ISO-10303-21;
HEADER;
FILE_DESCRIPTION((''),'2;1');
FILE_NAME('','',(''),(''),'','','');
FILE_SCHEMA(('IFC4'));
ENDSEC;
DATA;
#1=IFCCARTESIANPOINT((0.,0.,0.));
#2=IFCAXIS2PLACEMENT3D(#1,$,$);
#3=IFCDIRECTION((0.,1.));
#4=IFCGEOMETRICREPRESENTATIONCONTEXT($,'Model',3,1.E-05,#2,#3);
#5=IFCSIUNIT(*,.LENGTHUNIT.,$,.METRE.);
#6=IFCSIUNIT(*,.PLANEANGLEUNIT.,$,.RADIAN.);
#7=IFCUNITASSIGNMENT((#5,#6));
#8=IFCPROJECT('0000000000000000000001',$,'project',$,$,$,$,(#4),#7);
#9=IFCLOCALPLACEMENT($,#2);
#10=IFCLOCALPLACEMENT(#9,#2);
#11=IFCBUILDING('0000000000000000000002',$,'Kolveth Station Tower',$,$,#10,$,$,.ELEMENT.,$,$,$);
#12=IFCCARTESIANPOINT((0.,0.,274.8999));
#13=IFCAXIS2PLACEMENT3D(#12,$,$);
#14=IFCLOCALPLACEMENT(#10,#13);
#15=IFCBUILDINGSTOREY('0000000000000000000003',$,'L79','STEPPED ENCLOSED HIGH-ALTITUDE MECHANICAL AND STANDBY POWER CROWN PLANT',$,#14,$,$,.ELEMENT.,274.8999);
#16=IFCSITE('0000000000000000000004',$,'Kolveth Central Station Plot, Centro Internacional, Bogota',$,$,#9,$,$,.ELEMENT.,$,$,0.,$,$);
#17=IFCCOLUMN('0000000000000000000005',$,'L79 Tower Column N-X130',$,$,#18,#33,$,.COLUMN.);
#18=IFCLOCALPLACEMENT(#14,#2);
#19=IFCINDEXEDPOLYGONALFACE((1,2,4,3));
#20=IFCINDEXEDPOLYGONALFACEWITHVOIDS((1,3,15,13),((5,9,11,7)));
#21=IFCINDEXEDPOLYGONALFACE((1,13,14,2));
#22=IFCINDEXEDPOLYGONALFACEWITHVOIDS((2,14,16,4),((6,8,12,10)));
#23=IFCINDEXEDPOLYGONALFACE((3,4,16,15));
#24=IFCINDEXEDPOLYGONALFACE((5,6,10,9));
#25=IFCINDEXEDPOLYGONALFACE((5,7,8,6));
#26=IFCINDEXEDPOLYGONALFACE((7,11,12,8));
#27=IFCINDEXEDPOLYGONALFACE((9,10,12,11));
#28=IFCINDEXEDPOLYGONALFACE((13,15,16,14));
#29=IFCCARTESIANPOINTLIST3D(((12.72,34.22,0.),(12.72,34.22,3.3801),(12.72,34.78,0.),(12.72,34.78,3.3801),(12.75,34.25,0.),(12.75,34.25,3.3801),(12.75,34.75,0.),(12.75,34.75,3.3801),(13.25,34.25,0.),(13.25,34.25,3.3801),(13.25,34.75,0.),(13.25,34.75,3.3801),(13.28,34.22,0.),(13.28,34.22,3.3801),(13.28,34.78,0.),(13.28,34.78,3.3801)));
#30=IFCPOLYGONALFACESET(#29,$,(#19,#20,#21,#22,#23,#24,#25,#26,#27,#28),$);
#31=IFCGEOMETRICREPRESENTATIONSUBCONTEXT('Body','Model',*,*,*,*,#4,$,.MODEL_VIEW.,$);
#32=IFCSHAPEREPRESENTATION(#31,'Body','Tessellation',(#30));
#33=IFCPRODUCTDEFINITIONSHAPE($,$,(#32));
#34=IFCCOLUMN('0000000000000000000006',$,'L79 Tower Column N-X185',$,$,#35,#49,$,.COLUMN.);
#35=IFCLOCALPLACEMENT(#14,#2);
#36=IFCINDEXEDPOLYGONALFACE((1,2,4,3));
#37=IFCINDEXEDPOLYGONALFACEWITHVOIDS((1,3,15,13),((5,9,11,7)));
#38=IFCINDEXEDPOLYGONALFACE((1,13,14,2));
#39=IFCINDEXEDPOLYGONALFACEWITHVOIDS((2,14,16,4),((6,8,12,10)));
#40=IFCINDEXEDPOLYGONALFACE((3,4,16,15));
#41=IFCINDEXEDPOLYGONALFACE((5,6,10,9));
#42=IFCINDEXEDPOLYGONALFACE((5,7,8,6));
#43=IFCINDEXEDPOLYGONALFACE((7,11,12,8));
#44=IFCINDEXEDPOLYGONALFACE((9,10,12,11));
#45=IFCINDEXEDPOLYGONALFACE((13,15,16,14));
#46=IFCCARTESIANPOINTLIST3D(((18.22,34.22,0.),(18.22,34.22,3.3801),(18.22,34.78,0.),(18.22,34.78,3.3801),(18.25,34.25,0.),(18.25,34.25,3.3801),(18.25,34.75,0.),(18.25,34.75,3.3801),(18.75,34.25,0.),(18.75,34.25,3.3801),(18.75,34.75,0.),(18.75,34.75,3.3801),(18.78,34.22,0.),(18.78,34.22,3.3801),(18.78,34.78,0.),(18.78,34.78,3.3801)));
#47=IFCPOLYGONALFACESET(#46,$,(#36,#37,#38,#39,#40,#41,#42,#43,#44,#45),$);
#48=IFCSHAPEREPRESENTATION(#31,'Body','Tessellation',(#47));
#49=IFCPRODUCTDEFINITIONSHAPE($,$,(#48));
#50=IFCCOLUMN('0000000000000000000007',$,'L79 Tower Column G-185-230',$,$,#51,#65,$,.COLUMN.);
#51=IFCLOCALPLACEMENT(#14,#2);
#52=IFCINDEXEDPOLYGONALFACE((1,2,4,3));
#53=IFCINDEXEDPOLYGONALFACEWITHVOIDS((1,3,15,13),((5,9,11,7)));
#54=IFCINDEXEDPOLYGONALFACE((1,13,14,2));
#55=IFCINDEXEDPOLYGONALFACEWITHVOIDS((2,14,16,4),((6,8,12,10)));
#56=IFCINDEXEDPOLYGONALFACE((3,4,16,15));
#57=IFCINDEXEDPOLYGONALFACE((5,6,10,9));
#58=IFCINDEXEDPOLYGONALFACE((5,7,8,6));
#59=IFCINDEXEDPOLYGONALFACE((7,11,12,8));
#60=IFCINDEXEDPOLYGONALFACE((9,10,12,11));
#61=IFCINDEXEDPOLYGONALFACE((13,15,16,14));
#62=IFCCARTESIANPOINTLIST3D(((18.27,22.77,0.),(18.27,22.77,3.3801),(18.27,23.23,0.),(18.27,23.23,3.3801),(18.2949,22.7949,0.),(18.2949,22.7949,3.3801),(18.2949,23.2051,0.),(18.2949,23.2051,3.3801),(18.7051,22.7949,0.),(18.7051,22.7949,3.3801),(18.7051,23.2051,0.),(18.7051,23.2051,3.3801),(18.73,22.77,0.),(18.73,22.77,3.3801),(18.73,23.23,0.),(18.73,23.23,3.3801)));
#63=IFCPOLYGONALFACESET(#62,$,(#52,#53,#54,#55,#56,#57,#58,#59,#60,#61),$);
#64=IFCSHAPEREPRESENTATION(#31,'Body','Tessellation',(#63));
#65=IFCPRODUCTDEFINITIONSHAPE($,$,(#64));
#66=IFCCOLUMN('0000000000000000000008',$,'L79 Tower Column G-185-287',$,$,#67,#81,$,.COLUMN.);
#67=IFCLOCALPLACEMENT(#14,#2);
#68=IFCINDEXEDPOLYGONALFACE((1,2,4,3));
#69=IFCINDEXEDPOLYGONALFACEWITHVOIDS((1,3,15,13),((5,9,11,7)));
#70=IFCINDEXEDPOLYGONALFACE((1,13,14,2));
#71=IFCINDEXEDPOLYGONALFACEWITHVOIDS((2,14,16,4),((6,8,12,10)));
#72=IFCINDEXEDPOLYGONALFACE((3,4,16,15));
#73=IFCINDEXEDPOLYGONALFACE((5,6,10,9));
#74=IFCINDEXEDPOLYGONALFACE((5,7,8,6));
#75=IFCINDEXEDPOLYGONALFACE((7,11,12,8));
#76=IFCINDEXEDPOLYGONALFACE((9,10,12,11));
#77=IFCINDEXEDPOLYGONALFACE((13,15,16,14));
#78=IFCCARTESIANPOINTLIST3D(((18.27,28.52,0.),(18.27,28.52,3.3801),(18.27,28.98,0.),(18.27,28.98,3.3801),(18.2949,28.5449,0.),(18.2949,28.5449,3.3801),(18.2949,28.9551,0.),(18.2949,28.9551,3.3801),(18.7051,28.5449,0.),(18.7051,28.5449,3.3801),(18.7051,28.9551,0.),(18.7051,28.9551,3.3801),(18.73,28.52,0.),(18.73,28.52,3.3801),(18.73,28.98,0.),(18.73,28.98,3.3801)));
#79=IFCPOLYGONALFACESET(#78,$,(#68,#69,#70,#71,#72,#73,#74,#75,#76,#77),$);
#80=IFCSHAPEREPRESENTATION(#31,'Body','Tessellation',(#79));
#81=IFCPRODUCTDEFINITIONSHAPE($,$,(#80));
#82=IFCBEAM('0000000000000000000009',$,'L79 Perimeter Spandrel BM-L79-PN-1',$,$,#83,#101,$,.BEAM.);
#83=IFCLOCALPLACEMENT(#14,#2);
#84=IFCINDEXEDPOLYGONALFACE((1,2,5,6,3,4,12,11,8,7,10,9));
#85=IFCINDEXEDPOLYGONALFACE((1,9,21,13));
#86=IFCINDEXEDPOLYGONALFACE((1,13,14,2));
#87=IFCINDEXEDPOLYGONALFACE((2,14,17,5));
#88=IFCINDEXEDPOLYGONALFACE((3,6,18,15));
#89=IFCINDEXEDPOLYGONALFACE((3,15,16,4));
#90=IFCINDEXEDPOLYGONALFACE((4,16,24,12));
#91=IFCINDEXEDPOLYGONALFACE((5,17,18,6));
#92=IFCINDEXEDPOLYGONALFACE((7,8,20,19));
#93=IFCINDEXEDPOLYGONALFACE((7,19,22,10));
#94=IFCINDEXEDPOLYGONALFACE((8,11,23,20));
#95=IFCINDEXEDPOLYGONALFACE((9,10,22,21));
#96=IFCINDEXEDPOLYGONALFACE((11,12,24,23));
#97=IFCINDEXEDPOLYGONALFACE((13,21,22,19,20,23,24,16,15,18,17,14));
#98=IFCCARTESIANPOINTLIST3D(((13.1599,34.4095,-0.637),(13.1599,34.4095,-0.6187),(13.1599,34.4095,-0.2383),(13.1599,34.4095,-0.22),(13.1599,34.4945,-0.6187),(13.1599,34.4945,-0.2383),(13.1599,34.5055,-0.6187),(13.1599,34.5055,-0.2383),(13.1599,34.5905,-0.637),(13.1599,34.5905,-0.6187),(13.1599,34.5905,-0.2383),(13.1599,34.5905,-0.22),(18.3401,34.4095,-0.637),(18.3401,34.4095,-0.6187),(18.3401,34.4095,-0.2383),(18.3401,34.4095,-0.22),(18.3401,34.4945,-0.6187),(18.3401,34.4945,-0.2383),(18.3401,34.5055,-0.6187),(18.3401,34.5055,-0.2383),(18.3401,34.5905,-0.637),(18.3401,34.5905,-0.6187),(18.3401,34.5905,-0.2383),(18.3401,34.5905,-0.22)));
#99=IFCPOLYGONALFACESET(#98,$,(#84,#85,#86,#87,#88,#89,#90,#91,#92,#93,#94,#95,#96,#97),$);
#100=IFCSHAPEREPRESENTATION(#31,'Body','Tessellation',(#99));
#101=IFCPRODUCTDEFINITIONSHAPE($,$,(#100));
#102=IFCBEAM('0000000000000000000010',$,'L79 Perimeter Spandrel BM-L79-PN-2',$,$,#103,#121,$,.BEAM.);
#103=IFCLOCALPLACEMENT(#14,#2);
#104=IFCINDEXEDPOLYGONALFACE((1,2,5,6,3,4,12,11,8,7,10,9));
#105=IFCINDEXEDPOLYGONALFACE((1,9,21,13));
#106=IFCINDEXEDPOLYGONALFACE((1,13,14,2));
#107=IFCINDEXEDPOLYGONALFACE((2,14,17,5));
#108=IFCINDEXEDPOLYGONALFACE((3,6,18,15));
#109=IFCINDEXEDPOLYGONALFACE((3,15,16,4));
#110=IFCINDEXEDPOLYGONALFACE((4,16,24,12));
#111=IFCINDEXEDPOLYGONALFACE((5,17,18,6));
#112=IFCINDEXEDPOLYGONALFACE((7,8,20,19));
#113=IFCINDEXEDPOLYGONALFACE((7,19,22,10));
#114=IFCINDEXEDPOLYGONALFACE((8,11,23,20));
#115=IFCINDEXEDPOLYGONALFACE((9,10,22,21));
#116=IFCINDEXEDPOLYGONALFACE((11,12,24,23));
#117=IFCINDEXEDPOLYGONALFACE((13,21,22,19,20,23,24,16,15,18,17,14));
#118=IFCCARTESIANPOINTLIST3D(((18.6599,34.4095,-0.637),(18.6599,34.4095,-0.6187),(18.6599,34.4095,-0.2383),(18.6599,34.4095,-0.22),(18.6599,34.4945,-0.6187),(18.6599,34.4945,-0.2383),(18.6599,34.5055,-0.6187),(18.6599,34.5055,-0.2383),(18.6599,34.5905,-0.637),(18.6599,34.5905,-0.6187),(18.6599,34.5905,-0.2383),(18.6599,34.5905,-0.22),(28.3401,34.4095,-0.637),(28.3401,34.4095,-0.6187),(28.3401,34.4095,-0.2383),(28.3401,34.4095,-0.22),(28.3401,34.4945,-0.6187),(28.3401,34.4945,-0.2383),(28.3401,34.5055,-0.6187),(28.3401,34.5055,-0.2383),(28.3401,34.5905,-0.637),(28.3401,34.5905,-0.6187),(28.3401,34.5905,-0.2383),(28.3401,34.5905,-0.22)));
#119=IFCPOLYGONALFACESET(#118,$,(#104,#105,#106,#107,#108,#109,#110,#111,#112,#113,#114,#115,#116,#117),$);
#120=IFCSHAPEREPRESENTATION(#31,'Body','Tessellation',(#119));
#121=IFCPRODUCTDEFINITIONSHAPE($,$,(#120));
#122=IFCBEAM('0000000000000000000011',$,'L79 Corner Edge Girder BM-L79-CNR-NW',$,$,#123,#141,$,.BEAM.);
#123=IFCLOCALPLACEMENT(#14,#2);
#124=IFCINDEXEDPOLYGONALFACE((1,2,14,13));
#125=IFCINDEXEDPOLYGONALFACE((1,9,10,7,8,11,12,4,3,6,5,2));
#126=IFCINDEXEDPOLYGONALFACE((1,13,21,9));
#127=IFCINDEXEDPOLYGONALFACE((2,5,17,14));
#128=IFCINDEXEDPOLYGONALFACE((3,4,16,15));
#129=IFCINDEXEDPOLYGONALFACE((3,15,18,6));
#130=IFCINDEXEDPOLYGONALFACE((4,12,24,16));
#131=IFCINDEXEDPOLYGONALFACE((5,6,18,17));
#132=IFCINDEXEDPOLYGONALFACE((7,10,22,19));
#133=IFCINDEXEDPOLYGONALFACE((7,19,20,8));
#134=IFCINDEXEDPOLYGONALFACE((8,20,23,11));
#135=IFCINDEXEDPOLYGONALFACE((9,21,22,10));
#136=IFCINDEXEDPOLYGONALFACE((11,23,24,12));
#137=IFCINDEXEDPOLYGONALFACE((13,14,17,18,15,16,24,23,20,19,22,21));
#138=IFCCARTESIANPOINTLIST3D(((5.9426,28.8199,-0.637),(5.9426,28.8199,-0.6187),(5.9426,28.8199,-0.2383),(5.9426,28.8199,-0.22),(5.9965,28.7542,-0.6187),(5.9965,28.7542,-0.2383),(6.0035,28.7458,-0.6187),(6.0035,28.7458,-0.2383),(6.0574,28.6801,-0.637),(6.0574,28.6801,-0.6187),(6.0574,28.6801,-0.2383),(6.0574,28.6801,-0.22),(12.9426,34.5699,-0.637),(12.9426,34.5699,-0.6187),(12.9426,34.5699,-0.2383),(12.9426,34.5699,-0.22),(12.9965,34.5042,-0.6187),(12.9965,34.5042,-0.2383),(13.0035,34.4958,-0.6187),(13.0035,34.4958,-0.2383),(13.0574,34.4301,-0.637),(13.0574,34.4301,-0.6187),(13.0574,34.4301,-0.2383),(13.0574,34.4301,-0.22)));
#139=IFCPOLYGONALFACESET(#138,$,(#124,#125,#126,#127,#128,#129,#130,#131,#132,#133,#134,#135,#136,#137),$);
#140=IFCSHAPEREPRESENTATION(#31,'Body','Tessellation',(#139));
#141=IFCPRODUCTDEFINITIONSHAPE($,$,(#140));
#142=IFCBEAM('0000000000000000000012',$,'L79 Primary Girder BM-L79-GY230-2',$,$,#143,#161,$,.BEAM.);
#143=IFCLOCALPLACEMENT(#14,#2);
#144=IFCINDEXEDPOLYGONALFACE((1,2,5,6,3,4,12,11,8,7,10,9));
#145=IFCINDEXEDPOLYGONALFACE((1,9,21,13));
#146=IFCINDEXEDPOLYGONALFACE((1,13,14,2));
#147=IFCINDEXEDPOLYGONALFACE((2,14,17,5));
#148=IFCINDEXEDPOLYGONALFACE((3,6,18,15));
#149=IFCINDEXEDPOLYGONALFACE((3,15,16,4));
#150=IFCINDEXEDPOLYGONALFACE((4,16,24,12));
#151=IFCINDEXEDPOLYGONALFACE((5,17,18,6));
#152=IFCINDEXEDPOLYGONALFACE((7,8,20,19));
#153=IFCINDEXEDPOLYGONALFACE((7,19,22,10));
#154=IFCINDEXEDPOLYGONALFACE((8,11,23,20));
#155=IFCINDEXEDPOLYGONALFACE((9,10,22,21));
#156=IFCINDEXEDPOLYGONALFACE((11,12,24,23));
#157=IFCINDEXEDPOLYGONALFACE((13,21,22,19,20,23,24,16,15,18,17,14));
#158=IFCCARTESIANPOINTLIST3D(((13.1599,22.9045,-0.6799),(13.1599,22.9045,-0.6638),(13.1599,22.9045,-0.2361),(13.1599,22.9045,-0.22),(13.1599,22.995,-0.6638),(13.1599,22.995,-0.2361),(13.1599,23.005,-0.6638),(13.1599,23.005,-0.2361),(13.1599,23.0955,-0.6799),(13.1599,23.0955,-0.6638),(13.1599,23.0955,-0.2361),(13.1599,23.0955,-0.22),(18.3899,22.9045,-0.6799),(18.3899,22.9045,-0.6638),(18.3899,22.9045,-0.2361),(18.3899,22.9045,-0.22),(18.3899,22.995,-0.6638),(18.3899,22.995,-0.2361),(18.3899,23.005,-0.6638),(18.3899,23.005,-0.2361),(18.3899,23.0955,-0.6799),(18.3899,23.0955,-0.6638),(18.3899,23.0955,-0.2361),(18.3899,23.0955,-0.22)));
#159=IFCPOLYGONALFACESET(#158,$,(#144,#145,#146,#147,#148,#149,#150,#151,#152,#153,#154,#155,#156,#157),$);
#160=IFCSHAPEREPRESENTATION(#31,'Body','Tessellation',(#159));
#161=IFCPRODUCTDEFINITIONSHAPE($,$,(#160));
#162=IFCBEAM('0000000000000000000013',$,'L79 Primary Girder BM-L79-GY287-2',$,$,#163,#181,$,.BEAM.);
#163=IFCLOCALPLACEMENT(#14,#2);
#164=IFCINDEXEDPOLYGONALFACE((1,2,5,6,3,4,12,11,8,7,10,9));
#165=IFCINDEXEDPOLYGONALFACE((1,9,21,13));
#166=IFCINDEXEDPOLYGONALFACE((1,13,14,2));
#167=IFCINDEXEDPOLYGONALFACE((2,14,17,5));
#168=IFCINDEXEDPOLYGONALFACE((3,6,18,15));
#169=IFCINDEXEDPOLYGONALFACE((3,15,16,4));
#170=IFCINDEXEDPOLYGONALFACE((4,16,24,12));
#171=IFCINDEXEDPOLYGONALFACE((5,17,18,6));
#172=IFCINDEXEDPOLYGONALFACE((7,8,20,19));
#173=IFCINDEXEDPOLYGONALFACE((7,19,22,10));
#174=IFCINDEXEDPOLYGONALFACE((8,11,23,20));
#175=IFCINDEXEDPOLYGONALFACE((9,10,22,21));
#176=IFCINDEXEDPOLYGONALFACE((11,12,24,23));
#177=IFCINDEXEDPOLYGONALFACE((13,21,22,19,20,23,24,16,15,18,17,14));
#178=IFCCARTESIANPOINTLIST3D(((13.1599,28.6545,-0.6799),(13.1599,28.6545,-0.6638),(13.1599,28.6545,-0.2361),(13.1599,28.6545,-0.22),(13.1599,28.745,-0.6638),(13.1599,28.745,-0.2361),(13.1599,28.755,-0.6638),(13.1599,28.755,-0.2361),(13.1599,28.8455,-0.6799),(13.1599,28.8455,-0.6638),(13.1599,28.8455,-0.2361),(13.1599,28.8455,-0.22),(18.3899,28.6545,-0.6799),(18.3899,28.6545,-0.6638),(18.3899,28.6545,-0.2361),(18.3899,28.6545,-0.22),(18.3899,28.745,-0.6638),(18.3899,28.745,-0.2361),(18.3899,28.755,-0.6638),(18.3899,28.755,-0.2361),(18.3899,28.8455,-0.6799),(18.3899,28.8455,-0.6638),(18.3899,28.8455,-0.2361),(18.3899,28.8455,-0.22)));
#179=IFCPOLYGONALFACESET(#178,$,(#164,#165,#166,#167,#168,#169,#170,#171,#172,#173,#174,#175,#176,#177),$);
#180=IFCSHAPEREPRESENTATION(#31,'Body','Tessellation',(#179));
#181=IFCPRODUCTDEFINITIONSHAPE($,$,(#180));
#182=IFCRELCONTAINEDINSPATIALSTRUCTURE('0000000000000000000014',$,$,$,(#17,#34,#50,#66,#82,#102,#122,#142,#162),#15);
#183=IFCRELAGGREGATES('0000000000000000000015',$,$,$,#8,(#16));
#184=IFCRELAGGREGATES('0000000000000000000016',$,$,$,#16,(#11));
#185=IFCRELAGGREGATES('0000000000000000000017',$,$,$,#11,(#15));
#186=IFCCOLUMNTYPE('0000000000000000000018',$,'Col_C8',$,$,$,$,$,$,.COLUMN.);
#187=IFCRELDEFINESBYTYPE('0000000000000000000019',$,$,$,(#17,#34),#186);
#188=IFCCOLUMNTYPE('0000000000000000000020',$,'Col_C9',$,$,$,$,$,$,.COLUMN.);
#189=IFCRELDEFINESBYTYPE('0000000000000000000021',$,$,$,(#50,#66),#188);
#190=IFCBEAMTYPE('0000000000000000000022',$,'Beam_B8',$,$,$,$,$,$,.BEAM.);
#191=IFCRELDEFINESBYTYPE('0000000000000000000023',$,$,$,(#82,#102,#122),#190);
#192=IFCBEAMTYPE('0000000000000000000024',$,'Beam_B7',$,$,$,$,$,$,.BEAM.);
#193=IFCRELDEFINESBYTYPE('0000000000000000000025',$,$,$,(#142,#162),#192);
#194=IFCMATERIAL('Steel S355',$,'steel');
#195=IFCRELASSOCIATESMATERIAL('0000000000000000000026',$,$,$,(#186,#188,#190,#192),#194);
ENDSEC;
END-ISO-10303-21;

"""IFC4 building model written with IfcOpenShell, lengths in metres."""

from ifc_helpers import new_model, si_unit, direction, frame, origin, origin_2d, place, context, subcontext, project, spatial, hollow_rectangle, i_section, extrude, source, transform, mapped, material, material_profile, profile_set, type_object, element, save


model = new_model("IFC4")

# Units and contexts
model_context = context("Model", 3, precision=1e-05, world=origin(), true_north=direction((0.0, 1.0)))
body_context = subcontext(model_context, "Body", "Model", "MODEL_VIEW")
ifc_project = project(units=[si_unit("LENGTHUNIT", "METRE"), si_unit("PLANEANGLEUNIT", "RADIAN")], contexts=[model_context])

# Site, building, storey
site_placement = place(None, origin())
site = spatial("IfcSite", under=ifc_project, at=site_placement, Name="Kolveth Central Station Plot, Centro Internacional, Bogota", CompositionType="ELEMENT", RefElevation=0.0)
building_placement = place(site_placement, origin())
building = spatial("IfcBuilding", under=site, at=building_placement, Name="Kolveth Station Tower", CompositionType="ELEMENT")
storey_placement = place(building_placement, frame((0.0, 0.0, 274.8999)))
storey = spatial("IfcBuildingStorey", under=building, at=storey_placement, Name="L79", Description="STEPPED ENCLOSED HIGH-ALTITUDE MECHANICAL AND STANDBY POWER CROWN PLANT", CompositionType="ELEMENT", Elevation=274.8999)

# Columns
ifc_material_1 = material(Name="Steel S355", Category="steel")
ifc_material_profile_1 = material_profile(ifc_material_1, hollow_rectangle(XDim=0.5601, YDim=0.5601, WallThickness=0.03, at=origin_2d()), Name="BOX560x560x30")
ifc_profile_set_1 = profile_set([ifc_material_profile_1], Name="Steel S355")
column_type_1 = type_object("IfcColumnType", Name="Col_C8", PredefinedType="COLUMN", material=ifc_profile_set_1)
shared_shape_1 = source(origin(), body_context, "Body", "SweptSolid", [
    extrude(hollow_rectangle(XDim=0.5601, YDim=0.5601, WallThickness=0.03, at=origin_2d()), origin(), (0.0, 0.0, 1.0), 3.3801),
])
for number, where, z_axis, x_axis, name in (
    (1, (13.0, 34.5, 0.0), (0.0, 0.0, 1.0), (1.0, 0.0, 0.0), "L79 Tower Column N-X130"),
    (2, (18.5, 34.5, 0.0), (0.0, 0.0, 1.0), (1.0, 0.0, 0.0), "L79 Tower Column N-X185"),
):
    element("IfcColumn", number, at=place(storey_placement, frame(where, z_axis=z_axis, x_axis=x_axis)), inside=storey, type_object=column_type_1, Name=name, PredefinedType="COLUMN", context=body_context, shape_type="MappedRepresentation", body=[
        mapped(shared_shape_1, transform((0.0, 0.0, 0.0), x_axis=(1.0, 0.0, 0.0), y_axis=(0.0, 1.0, 0.0), z_axis=(0.0, 0.0, 1.0), scale=1.0)),
    ])
ifc_material_profile_2 = material_profile(ifc_material_1, hollow_rectangle(XDim=0.46, YDim=0.46, WallThickness=0.0249, at=origin_2d()), Name="BOX460x460x25")
ifc_profile_set_2 = profile_set([ifc_material_profile_2], Name="Steel S355")
column_type_2 = type_object("IfcColumnType", Name="Col_C9", PredefinedType="COLUMN", material=ifc_profile_set_2)
shared_shape_2 = source(origin(), body_context, "Body", "SweptSolid", [
    extrude(hollow_rectangle(XDim=0.46, YDim=0.46, WallThickness=0.0249, at=origin_2d()), origin(), (0.0, 0.0, 1.0), 3.3801),
])
for number, where, z_axis, x_axis, name in (
    (3, (18.5, 23.0, 0.0), (0.0, 0.0, 1.0), (1.0, 0.0, 0.0), "L79 Tower Column G-185-230"),
    (4, (18.5, 28.75, 0.0), (0.0, 0.0, 1.0), (1.0, 0.0, 0.0), "L79 Tower Column G-185-287"),
):
    element("IfcColumn", number, at=place(storey_placement, frame(where, z_axis=z_axis, x_axis=x_axis)), inside=storey, type_object=column_type_2, Name=name, PredefinedType="COLUMN", context=body_context, shape_type="MappedRepresentation", body=[
        mapped(shared_shape_2, transform((0.0, 0.0, 0.0), x_axis=(1.0, 0.0, 0.0), y_axis=(0.0, 1.0, 0.0), z_axis=(0.0, 0.0, 1.0), scale=1.0)),
    ])

# Beams
ifc_material_profile_3 = material_profile(ifc_material_1, i_section(OverallWidth=0.1809, OverallDepth=0.417, WebThickness=0.011, FlangeThickness=0.0183, at=origin_2d()), Name="W410x85")
ifc_profile_set_3 = profile_set([ifc_material_profile_3], Name="Steel S355")
beam_type_1 = type_object("IfcBeamType", Name="Beam_B8", PredefinedType="BEAM", material=ifc_profile_set_3)
shared_shape_3 = source(origin(), body_context, "Body", "SweptSolid", [
    extrude(i_section(OverallWidth=0.1809, OverallDepth=0.417, WebThickness=0.011, FlangeThickness=0.0183, at=origin_2d()), origin(), (0.0, 0.0, 1.0), 5.1802),
])
beam_1_placement = place(storey_placement, frame((13.1599, 34.5, -0.4285), z_axis=(1.0, 0.0, 0.0), x_axis=(0.0, 1.0, 0.0)))
element("IfcBeam", 5, at=beam_1_placement, inside=storey, type_object=beam_type_1, Name="L79 Perimeter Spandrel BM-L79-PN-1", PredefinedType="BEAM", context=body_context, shape_type="MappedRepresentation", body=[
    mapped(shared_shape_3, transform((0.0, 0.0, 0.0), x_axis=(1.0, 0.0, 0.0), y_axis=(0.0, 1.0, 0.0), z_axis=(0.0, 0.0, 1.0), scale=1.0)),
])
shared_shape_4 = source(origin(), body_context, "Body", "SweptSolid", [
    extrude(i_section(OverallWidth=0.1809, OverallDepth=0.417, WebThickness=0.011, FlangeThickness=0.0183, at=origin_2d()), origin(), (0.0, 0.0, 1.0), 9.6802),
])
beam_2_placement = place(storey_placement, frame((18.6599, 34.5, -0.4285), z_axis=(1.0, 0.0, 0.0), x_axis=(0.0, 1.0, 0.0)))
element("IfcBeam", 6, at=beam_2_placement, inside=storey, type_object=beam_type_1, Name="L79 Perimeter Spandrel BM-L79-PN-2", PredefinedType="BEAM", context=body_context, shape_type="MappedRepresentation", body=[
    mapped(shared_shape_4, transform((0.0, 0.0, 0.0), x_axis=(1.0, 0.0, 0.0), y_axis=(0.0, 1.0, 0.0), z_axis=(0.0, 0.0, 1.0), scale=1.0)),
])
shared_shape_5 = source(origin(), body_context, "Body", "SweptSolid", [
    extrude(i_section(OverallWidth=0.1809, OverallDepth=0.417, WebThickness=0.011, FlangeThickness=0.0183, at=origin_2d()), origin(), (0.0, 0.0, 1.0), 9.0588),
])
beam_3_placement = place(storey_placement, frame((13.0, 34.5, -0.4285), z_axis=(-0.772726, -0.634739, 0.0), x_axis=(0.634739, -0.772726, 0.0)))
element("IfcBeam", 7, at=beam_3_placement, inside=storey, type_object=beam_type_1, Name="L79 Corner Edge Girder BM-L79-CNR-NW", PredefinedType="BEAM", context=body_context, shape_type="MappedRepresentation", body=[
    mapped(shared_shape_5, transform((0.0, 0.0, 0.0), x_axis=(1.0, 0.0, 0.0), y_axis=(0.0, 1.0, 0.0), z_axis=(0.0, 0.0, 1.0), scale=1.0)),
])
ifc_material_profile_4 = material_profile(ifc_material_1, i_section(OverallWidth=0.1909, OverallDepth=0.46, WebThickness=0.01, FlangeThickness=0.0161, at=origin_2d()), Name="W460x82")
ifc_profile_set_4 = profile_set([ifc_material_profile_4], Name="Steel S355")
beam_type_2 = type_object("IfcBeamType", Name="Beam_B7", PredefinedType="BEAM", material=ifc_profile_set_4)
shared_shape_6 = source(origin(), body_context, "Body", "SweptSolid", [
    extrude(i_section(OverallWidth=0.1909, OverallDepth=0.46, WebThickness=0.01, FlangeThickness=0.0161, at=origin_2d()), origin(), (0.0, 0.0, 1.0), 5.23),
])
for number, where, z_axis, x_axis, name in (
    (8, (13.1599, 23.0, -0.45), (1.0, 0.0, 0.0), (0.0, 1.0, 0.0), "L79 Primary Girder BM-L79-GY230-2"),
    (9, (13.1599, 28.75, -0.45), (1.0, 0.0, 0.0), (0.0, 1.0, 0.0), "L79 Primary Girder BM-L79-GY287-2"),
):
    element("IfcBeam", number, at=place(storey_placement, frame(where, z_axis=z_axis, x_axis=x_axis)), inside=storey, type_object=beam_type_2, Name=name, PredefinedType="BEAM", context=body_context, shape_type="MappedRepresentation", body=[
        mapped(shared_shape_6, transform((0.0, 0.0, 0.0), x_axis=(1.0, 0.0, 0.0), y_axis=(0.0, 1.0, 0.0), z_axis=(0.0, 0.0, 1.0), scale=1.0)),
    ])

save(model, "model.ifc")
